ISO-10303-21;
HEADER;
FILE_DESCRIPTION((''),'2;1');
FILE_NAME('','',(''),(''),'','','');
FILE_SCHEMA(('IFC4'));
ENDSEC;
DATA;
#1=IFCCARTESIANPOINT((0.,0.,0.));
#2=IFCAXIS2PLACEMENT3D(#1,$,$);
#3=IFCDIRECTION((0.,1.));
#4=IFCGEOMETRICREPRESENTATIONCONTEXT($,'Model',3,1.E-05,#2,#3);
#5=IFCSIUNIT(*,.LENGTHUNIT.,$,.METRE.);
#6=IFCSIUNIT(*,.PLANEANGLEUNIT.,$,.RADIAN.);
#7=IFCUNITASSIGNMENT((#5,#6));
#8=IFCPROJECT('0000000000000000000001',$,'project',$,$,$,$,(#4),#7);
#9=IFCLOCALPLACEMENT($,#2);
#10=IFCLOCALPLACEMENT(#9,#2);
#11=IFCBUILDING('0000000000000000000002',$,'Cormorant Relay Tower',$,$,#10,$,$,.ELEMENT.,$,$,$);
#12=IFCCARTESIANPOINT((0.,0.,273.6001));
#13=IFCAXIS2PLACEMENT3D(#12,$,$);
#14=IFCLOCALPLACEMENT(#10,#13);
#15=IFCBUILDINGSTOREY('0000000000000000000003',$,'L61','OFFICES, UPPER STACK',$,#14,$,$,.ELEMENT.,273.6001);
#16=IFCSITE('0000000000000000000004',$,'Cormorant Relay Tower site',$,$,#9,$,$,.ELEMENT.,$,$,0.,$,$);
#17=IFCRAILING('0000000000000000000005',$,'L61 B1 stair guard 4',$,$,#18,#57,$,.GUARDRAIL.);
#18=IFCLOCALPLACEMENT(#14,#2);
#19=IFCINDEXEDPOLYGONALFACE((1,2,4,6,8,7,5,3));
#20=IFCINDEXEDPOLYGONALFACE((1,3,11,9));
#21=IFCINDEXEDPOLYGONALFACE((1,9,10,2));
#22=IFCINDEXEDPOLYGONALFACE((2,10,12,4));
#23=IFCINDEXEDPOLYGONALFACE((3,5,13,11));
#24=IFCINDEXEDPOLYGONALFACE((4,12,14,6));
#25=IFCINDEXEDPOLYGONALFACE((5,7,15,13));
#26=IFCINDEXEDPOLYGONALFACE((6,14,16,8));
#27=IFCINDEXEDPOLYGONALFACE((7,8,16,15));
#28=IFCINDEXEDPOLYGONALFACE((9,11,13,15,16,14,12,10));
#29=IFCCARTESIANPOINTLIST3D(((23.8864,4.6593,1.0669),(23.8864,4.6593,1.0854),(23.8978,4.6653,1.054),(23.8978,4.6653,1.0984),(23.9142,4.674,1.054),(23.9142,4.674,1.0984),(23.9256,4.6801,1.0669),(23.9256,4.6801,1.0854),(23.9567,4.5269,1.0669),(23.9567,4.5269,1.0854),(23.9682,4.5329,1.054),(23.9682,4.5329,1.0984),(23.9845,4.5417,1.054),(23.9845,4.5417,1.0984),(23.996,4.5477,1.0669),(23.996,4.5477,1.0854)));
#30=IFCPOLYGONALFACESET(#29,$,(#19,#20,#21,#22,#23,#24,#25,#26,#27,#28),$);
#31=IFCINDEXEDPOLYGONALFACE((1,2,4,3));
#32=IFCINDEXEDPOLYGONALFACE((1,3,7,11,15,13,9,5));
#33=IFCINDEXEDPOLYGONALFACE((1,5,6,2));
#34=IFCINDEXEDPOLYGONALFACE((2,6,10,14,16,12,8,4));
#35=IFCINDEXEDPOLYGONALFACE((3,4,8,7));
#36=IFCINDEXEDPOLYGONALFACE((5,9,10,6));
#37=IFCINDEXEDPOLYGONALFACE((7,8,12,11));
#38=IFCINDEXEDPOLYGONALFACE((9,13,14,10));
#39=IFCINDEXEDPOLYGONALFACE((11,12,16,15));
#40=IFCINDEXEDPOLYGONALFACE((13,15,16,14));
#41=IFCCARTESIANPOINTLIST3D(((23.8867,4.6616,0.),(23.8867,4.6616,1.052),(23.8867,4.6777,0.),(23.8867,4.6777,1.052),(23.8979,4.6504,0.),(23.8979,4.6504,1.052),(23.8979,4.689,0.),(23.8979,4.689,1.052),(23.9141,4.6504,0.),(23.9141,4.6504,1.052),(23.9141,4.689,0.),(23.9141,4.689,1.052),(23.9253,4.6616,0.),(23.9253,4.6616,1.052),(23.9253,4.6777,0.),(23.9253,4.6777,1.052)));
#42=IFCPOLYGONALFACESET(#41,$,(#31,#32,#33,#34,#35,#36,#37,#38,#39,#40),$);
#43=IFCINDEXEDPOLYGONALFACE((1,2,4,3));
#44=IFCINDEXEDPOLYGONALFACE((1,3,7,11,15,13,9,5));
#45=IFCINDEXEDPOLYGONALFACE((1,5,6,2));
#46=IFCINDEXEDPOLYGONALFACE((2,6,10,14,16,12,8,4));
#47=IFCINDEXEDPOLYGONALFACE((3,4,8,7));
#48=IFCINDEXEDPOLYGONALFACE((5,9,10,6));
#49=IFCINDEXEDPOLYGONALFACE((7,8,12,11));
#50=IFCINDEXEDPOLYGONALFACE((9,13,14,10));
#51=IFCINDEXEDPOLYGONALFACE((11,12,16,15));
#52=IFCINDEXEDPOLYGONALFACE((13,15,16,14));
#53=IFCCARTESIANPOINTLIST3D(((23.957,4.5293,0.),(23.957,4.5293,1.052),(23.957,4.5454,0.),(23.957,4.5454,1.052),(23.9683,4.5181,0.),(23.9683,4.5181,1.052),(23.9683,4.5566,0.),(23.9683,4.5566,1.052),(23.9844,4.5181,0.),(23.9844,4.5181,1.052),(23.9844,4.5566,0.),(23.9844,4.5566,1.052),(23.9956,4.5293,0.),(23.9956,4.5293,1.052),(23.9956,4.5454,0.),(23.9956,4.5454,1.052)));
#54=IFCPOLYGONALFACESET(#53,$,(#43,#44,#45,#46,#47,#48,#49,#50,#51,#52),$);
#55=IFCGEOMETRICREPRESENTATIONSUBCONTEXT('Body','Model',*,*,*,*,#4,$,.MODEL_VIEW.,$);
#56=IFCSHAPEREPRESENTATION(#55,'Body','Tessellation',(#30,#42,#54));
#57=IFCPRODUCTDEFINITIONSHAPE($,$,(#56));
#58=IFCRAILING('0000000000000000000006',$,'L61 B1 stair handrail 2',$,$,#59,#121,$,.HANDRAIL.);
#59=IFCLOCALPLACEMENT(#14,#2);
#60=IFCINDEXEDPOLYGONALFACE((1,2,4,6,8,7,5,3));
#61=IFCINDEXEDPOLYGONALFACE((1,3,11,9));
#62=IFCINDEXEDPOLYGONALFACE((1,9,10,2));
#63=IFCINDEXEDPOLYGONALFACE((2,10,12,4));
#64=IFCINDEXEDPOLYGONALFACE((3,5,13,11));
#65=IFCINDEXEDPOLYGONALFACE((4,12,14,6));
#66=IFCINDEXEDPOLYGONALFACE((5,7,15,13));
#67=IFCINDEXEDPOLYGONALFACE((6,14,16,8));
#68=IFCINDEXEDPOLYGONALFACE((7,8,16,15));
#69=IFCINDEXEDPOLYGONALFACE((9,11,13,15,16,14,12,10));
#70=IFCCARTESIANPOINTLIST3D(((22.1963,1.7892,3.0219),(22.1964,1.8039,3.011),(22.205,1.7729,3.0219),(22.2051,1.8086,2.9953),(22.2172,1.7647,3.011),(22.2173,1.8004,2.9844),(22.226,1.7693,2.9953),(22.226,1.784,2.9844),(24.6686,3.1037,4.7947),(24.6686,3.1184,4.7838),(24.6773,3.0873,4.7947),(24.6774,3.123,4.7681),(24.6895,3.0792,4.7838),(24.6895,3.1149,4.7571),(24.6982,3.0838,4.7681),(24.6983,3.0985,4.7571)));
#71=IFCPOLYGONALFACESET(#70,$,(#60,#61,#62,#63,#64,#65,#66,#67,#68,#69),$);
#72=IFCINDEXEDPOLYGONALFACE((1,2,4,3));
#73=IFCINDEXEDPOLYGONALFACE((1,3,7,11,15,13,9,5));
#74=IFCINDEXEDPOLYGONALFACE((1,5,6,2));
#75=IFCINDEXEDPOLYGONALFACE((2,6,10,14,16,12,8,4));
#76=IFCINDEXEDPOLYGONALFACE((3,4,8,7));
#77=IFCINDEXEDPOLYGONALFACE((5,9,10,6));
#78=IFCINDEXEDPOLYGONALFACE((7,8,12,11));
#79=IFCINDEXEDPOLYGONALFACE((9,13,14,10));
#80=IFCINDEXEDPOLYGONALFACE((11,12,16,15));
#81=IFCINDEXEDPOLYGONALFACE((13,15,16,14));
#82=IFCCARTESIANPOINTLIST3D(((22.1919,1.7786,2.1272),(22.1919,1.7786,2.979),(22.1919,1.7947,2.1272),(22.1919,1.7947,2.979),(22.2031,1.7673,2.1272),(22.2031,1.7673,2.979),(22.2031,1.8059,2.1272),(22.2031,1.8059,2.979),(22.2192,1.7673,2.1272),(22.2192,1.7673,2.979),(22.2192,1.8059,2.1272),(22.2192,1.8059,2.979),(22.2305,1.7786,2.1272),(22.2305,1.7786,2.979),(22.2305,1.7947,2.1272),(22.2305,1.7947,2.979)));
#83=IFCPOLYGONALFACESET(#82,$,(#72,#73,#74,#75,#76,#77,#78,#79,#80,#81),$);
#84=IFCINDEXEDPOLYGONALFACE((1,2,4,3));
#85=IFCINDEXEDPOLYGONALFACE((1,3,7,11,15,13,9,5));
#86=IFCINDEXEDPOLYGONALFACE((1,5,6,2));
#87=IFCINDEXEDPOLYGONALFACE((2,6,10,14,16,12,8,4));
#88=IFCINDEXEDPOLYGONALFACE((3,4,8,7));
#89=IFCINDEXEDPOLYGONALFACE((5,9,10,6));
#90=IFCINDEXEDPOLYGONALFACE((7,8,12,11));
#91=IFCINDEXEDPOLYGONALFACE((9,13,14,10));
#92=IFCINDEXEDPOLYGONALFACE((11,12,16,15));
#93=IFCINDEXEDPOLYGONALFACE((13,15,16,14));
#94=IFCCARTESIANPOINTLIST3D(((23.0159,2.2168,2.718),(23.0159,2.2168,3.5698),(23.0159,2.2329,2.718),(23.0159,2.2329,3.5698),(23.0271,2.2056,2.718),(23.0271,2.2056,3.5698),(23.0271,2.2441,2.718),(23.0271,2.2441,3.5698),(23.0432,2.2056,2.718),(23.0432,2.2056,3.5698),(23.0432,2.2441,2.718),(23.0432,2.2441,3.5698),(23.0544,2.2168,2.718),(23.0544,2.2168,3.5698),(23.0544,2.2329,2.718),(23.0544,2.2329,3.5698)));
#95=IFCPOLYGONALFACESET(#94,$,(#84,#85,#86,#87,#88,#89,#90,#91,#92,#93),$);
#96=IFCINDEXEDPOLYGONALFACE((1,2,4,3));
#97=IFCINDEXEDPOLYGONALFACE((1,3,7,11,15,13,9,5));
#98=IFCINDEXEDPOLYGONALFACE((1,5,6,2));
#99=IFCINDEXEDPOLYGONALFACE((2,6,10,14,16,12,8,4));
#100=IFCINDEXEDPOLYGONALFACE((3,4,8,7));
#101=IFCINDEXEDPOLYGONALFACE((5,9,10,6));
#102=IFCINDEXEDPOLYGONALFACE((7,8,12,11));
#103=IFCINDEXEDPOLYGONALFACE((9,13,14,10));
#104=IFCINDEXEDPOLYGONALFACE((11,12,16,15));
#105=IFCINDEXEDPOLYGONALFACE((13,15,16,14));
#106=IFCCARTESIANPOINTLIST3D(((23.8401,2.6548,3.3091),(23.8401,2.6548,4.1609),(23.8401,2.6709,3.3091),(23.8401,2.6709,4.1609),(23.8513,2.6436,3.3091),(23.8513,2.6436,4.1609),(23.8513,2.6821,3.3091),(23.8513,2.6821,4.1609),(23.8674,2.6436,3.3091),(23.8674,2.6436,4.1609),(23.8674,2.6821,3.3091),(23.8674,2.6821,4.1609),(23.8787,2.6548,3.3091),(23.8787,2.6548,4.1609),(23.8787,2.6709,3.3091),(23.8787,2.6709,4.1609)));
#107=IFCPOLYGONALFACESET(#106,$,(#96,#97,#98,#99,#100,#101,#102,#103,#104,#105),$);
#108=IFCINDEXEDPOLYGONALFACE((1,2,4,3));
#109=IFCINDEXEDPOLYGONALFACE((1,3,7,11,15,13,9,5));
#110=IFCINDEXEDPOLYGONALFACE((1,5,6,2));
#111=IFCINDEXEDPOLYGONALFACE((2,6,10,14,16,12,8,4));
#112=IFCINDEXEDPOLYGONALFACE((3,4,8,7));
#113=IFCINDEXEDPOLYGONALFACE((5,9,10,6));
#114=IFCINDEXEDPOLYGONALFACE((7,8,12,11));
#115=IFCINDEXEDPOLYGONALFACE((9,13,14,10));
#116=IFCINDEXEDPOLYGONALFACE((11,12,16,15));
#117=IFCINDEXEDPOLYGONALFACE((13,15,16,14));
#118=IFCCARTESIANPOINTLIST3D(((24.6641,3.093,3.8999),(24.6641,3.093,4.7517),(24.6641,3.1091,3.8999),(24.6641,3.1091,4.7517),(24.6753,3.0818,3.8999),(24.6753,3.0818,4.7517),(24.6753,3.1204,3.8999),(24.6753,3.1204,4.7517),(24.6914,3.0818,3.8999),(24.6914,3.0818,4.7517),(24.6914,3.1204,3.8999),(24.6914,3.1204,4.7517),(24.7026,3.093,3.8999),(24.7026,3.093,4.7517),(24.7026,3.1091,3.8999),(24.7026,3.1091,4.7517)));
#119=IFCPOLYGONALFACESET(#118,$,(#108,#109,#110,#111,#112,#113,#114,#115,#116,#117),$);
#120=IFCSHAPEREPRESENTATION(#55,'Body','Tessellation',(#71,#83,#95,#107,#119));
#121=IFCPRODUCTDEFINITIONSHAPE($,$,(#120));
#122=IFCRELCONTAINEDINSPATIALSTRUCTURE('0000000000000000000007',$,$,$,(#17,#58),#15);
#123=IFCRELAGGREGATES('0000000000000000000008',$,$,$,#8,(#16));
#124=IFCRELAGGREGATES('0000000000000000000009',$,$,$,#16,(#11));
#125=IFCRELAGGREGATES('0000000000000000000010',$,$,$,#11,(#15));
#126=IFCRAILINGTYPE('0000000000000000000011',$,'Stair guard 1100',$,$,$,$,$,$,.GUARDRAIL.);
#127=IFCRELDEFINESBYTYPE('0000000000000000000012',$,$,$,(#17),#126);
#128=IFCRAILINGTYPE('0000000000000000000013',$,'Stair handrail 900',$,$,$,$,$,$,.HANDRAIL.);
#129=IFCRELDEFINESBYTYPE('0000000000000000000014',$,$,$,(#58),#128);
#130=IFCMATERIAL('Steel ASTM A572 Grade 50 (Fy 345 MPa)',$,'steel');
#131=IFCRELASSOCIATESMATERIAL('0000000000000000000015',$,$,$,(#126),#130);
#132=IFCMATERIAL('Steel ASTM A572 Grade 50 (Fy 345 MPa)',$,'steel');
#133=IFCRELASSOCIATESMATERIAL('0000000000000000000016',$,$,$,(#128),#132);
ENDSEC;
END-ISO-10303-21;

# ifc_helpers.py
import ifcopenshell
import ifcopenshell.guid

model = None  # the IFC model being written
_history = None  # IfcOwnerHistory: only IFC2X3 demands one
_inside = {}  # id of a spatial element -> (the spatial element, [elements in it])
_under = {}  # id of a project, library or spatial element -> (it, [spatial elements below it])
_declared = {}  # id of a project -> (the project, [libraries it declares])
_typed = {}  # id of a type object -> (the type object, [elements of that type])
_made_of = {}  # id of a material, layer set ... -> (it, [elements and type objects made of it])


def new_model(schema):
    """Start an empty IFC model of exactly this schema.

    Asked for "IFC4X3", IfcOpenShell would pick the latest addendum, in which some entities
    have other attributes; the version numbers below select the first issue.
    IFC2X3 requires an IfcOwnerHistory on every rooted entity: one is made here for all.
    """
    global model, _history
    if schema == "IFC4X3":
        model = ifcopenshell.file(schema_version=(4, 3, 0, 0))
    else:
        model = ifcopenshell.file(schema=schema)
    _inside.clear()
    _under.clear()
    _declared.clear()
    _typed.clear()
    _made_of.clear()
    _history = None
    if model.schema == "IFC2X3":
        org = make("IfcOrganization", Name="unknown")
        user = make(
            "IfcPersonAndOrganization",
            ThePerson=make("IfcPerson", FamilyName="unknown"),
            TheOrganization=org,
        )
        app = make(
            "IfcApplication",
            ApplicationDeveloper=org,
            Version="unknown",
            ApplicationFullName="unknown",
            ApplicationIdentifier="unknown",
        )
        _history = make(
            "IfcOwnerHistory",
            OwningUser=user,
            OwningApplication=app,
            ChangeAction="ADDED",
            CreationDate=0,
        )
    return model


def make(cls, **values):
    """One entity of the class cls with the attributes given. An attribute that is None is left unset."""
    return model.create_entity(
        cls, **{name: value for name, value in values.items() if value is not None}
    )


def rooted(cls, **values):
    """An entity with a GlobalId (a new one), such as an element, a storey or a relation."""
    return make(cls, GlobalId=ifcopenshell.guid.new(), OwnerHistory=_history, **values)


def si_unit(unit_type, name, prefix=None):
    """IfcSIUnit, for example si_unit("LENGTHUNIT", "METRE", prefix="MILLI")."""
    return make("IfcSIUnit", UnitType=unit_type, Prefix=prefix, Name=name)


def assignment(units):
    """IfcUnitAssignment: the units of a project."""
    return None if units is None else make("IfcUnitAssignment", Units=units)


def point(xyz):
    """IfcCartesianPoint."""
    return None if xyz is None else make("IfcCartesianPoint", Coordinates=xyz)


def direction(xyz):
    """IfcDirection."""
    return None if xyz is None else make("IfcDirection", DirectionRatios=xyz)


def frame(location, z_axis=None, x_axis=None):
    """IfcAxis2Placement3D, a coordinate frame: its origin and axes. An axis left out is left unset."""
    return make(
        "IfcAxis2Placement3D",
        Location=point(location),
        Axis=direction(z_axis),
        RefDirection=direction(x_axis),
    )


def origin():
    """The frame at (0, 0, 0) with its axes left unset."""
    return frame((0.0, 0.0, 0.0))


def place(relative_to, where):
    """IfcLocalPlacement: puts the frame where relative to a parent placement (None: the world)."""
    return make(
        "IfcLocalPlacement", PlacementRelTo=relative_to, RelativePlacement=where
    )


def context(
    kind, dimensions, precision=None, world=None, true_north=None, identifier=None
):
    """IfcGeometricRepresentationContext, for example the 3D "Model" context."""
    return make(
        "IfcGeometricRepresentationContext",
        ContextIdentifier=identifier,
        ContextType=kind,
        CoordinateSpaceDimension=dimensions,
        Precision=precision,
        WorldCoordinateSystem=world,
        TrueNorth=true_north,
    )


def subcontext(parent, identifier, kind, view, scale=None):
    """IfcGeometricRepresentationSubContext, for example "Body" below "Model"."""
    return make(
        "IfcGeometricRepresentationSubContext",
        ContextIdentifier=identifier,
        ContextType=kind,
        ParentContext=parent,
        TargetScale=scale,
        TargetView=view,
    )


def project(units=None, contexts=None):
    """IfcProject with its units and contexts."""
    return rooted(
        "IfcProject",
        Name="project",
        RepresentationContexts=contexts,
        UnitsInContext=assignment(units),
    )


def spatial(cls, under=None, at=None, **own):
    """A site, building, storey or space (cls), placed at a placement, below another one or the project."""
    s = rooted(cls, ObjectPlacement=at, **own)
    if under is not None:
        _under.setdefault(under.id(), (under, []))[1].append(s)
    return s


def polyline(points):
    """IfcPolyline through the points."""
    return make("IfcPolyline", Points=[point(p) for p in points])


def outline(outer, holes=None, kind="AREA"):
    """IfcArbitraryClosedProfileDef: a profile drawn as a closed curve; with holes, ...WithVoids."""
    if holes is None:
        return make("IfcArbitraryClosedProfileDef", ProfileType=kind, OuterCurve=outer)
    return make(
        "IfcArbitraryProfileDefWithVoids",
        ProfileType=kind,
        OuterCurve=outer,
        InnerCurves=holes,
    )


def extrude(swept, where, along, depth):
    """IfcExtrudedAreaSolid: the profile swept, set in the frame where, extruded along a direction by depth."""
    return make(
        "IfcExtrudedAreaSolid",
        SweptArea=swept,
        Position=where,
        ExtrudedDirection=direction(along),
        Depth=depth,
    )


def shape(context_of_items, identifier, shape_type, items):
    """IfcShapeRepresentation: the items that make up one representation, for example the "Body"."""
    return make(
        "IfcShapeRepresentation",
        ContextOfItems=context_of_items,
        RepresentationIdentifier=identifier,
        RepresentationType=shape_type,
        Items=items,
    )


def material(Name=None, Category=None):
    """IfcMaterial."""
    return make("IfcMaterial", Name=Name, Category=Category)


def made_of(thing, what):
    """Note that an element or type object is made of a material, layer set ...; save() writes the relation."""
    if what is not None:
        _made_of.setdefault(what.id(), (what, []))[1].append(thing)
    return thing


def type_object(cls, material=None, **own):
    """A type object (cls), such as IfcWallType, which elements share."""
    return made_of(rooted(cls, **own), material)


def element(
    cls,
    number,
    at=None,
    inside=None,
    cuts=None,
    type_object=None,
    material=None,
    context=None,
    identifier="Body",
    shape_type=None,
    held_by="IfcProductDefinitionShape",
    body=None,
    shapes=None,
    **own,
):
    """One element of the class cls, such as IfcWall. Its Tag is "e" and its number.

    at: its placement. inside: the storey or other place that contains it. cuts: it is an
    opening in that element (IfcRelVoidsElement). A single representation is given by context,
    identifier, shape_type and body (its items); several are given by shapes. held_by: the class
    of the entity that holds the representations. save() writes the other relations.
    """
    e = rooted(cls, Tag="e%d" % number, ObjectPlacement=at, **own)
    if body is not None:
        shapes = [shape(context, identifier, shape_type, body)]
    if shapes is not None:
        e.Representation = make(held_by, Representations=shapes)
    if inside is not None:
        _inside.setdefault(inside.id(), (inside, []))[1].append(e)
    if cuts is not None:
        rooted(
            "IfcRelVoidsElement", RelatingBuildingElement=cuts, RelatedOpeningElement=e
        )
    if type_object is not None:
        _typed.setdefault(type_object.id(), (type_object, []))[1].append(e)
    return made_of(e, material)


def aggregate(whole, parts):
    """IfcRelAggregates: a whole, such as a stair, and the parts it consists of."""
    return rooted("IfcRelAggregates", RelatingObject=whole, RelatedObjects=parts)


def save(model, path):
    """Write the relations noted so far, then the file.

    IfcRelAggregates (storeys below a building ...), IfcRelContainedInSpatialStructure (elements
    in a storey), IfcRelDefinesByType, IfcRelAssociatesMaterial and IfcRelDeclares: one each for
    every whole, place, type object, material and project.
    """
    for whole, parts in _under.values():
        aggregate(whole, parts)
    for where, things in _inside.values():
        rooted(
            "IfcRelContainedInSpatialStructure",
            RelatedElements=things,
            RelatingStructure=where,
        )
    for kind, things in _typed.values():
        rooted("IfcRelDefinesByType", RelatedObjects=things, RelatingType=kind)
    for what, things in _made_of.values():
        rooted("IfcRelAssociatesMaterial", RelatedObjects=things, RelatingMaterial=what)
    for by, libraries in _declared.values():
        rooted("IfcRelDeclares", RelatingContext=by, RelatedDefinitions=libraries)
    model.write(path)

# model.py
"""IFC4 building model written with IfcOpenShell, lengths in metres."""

from ifc_helpers import new_model, si_unit, direction, frame, origin, place, context, subcontext, project, spatial, polyline, outline, extrude, material, type_object, element, save


model = new_model("IFC4")

# Units and contexts
model_context = context("Model", 3, precision=1e-05, world=origin(), true_north=direction((0.0, 1.0)))
body_context = subcontext(model_context, "Body", "Model", "MODEL_VIEW")
ifc_project = project(units=[si_unit("LENGTHUNIT", "METRE"), si_unit("PLANEANGLEUNIT", "RADIAN")], contexts=[model_context])

# Site, building, storey
site_placement = place(None, origin())
site = spatial("IfcSite", under=ifc_project, at=site_placement, Name="Cormorant Relay Tower site", CompositionType="ELEMENT", RefElevation=0.0)
building_placement = place(site_placement, origin())
building = spatial("IfcBuilding", under=site, at=building_placement, Name="Cormorant Relay Tower", CompositionType="ELEMENT")
storey_placement = place(building_placement, frame((0.0, 0.0, 273.6001)))
storey = spatial("IfcBuildingStorey", under=building, at=storey_placement, Name="L61", Description="OFFICES, UPPER STACK", CompositionType="ELEMENT", Elevation=273.6001)

# Railings
ifc_material_1 = material(Name="Steel ASTM A572 Grade 50 (Fy 345 MPa)", Category="steel")
railing_type_1 = type_object("IfcRailingType", Name="Stair guard 1100", PredefinedType="GUARDRAIL", material=ifc_material_1)
railing_1_placement = place(storey_placement, frame((23.906, 4.6697, 0.0)))
element("IfcRailing", 1, at=railing_1_placement, inside=storey, type_object=railing_type_1, Name="L61 B1 stair guard 4", PredefinedType="GUARDRAIL", context=body_context, shape_type="SweptSolid", body=[
    extrude(outline(polyline([(0.0222, 0.0093), (0.0093, 0.0222), (-0.0093, 0.0222), (-0.0222, 0.0093), (-0.0222, -0.0093), (-0.0093, -0.0222), (0.0093, -0.0222), (0.0222, -0.0093), (0.0222, 0.0093)])), frame((0.0, 0.0, 1.0762), z_axis=(0.469235, -0.883074, 0.0), x_axis=(0.883074, 0.469235, 0.0)), (0.0, 0.0, 1.0), 0.1499),
    extrude(outline(polyline([(0.0193, 0.0081), (0.0081, 0.0193), (-0.0081, 0.0193), (-0.0193, 0.0081), (-0.0193, -0.0081), (-0.0081, -0.0193), (0.0081, -0.0193), (0.0193, -0.0081), (0.0193, 0.0081)])), origin(), (0.0, 0.0, 1.0), 1.052),
    extrude(outline(polyline([(0.0193, 0.0081), (0.0081, 0.0193), (-0.0081, 0.0193), (-0.0193, 0.0081), (-0.0193, -0.0081), (-0.0081, -0.0193), (0.0081, -0.0193), (0.0193, -0.0081), (0.0193, 0.0081)])), frame((0.0703, -0.1323, 0.0)), (0.0, 0.0, 1.0), 1.052),
])
ifc_material_2 = material(Name="Steel ASTM A572 Grade 50 (Fy 345 MPa)", Category="steel")
railing_type_2 = type_object("IfcRailingType", Name="Stair handrail 900", PredefinedType="HANDRAIL", material=ifc_material_2)
railing_2_placement = place(storey_placement, frame((22.2112, 1.7866, 2.1272)))
element("IfcRailing", 2, at=railing_2_placement, inside=storey, type_object=railing_type_2, Name="L61 B1 stair handrail 2", PredefinedType="HANDRAIL", context=body_context, shape_type="SweptSolid", body=[
    extrude(outline(polyline([(0.0222, 0.0093), (0.0093, 0.0222), (-0.0093, 0.0222), (-0.0222, 0.0093), (-0.0222, -0.0093), (-0.0093, -0.0222), (0.0093, -0.0222), (0.0222, -0.0093), (0.0222, 0.0093)])), frame((0.0, 0.0, 0.876), z_axis=(0.746001, 0.396649, 0.534931), x_axis=(-0.469465, 0.882951, 0.0)), (0.0, 0.0, 1.0), 3.314),
    extrude(outline(polyline([(0.0193, 0.0081), (0.0081, 0.0193), (-0.0081, 0.0193), (-0.0193, 0.0081), (-0.0193, -0.0081), (-0.0081, -0.0193), (0.0081, -0.0193), (0.0193, -0.0081), (0.0193, 0.0081)])), origin(), (0.0, 0.0, 1.0), 0.8518),
    extrude(outline(polyline([(0.0193, 0.0081), (0.0081, 0.0193), (-0.0081, 0.0193), (-0.0193, 0.0081), (-0.0193, -0.0081), (-0.0081, -0.0193), (0.0081, -0.0193), (0.0193, -0.0081), (0.0193, 0.0081)])), frame((0.824, 0.4382, 0.5908)), (0.0, 0.0, 1.0), 0.8518),
    extrude(outline(polyline([(0.0193, 0.0081), (0.0081, 0.0193), (-0.0081, 0.0193), (-0.0193, 0.0081), (-0.0193, -0.0081), (-0.0081, -0.0193), (0.0081, -0.0193), (0.0193, -0.0081), (0.0193, 0.0081)])), frame((1.6482, 0.8762, 1.1819)), (0.0, 0.0, 1.0), 0.8518),
    extrude(outline(polyline([(0.0193, 0.0081), (0.0081, 0.0193), (-0.0081, 0.0193), (-0.0193, 0.0081), (-0.0193, -0.0081), (-0.0081, -0.0193), (0.0081, -0.0193), (0.0193, -0.0081), (0.0193, 0.0081)])), frame((2.4722, 1.3145, 1.7727)), (0.0, 0.0, 1.0), 0.8518),
])

save(model, "model.ifc")
